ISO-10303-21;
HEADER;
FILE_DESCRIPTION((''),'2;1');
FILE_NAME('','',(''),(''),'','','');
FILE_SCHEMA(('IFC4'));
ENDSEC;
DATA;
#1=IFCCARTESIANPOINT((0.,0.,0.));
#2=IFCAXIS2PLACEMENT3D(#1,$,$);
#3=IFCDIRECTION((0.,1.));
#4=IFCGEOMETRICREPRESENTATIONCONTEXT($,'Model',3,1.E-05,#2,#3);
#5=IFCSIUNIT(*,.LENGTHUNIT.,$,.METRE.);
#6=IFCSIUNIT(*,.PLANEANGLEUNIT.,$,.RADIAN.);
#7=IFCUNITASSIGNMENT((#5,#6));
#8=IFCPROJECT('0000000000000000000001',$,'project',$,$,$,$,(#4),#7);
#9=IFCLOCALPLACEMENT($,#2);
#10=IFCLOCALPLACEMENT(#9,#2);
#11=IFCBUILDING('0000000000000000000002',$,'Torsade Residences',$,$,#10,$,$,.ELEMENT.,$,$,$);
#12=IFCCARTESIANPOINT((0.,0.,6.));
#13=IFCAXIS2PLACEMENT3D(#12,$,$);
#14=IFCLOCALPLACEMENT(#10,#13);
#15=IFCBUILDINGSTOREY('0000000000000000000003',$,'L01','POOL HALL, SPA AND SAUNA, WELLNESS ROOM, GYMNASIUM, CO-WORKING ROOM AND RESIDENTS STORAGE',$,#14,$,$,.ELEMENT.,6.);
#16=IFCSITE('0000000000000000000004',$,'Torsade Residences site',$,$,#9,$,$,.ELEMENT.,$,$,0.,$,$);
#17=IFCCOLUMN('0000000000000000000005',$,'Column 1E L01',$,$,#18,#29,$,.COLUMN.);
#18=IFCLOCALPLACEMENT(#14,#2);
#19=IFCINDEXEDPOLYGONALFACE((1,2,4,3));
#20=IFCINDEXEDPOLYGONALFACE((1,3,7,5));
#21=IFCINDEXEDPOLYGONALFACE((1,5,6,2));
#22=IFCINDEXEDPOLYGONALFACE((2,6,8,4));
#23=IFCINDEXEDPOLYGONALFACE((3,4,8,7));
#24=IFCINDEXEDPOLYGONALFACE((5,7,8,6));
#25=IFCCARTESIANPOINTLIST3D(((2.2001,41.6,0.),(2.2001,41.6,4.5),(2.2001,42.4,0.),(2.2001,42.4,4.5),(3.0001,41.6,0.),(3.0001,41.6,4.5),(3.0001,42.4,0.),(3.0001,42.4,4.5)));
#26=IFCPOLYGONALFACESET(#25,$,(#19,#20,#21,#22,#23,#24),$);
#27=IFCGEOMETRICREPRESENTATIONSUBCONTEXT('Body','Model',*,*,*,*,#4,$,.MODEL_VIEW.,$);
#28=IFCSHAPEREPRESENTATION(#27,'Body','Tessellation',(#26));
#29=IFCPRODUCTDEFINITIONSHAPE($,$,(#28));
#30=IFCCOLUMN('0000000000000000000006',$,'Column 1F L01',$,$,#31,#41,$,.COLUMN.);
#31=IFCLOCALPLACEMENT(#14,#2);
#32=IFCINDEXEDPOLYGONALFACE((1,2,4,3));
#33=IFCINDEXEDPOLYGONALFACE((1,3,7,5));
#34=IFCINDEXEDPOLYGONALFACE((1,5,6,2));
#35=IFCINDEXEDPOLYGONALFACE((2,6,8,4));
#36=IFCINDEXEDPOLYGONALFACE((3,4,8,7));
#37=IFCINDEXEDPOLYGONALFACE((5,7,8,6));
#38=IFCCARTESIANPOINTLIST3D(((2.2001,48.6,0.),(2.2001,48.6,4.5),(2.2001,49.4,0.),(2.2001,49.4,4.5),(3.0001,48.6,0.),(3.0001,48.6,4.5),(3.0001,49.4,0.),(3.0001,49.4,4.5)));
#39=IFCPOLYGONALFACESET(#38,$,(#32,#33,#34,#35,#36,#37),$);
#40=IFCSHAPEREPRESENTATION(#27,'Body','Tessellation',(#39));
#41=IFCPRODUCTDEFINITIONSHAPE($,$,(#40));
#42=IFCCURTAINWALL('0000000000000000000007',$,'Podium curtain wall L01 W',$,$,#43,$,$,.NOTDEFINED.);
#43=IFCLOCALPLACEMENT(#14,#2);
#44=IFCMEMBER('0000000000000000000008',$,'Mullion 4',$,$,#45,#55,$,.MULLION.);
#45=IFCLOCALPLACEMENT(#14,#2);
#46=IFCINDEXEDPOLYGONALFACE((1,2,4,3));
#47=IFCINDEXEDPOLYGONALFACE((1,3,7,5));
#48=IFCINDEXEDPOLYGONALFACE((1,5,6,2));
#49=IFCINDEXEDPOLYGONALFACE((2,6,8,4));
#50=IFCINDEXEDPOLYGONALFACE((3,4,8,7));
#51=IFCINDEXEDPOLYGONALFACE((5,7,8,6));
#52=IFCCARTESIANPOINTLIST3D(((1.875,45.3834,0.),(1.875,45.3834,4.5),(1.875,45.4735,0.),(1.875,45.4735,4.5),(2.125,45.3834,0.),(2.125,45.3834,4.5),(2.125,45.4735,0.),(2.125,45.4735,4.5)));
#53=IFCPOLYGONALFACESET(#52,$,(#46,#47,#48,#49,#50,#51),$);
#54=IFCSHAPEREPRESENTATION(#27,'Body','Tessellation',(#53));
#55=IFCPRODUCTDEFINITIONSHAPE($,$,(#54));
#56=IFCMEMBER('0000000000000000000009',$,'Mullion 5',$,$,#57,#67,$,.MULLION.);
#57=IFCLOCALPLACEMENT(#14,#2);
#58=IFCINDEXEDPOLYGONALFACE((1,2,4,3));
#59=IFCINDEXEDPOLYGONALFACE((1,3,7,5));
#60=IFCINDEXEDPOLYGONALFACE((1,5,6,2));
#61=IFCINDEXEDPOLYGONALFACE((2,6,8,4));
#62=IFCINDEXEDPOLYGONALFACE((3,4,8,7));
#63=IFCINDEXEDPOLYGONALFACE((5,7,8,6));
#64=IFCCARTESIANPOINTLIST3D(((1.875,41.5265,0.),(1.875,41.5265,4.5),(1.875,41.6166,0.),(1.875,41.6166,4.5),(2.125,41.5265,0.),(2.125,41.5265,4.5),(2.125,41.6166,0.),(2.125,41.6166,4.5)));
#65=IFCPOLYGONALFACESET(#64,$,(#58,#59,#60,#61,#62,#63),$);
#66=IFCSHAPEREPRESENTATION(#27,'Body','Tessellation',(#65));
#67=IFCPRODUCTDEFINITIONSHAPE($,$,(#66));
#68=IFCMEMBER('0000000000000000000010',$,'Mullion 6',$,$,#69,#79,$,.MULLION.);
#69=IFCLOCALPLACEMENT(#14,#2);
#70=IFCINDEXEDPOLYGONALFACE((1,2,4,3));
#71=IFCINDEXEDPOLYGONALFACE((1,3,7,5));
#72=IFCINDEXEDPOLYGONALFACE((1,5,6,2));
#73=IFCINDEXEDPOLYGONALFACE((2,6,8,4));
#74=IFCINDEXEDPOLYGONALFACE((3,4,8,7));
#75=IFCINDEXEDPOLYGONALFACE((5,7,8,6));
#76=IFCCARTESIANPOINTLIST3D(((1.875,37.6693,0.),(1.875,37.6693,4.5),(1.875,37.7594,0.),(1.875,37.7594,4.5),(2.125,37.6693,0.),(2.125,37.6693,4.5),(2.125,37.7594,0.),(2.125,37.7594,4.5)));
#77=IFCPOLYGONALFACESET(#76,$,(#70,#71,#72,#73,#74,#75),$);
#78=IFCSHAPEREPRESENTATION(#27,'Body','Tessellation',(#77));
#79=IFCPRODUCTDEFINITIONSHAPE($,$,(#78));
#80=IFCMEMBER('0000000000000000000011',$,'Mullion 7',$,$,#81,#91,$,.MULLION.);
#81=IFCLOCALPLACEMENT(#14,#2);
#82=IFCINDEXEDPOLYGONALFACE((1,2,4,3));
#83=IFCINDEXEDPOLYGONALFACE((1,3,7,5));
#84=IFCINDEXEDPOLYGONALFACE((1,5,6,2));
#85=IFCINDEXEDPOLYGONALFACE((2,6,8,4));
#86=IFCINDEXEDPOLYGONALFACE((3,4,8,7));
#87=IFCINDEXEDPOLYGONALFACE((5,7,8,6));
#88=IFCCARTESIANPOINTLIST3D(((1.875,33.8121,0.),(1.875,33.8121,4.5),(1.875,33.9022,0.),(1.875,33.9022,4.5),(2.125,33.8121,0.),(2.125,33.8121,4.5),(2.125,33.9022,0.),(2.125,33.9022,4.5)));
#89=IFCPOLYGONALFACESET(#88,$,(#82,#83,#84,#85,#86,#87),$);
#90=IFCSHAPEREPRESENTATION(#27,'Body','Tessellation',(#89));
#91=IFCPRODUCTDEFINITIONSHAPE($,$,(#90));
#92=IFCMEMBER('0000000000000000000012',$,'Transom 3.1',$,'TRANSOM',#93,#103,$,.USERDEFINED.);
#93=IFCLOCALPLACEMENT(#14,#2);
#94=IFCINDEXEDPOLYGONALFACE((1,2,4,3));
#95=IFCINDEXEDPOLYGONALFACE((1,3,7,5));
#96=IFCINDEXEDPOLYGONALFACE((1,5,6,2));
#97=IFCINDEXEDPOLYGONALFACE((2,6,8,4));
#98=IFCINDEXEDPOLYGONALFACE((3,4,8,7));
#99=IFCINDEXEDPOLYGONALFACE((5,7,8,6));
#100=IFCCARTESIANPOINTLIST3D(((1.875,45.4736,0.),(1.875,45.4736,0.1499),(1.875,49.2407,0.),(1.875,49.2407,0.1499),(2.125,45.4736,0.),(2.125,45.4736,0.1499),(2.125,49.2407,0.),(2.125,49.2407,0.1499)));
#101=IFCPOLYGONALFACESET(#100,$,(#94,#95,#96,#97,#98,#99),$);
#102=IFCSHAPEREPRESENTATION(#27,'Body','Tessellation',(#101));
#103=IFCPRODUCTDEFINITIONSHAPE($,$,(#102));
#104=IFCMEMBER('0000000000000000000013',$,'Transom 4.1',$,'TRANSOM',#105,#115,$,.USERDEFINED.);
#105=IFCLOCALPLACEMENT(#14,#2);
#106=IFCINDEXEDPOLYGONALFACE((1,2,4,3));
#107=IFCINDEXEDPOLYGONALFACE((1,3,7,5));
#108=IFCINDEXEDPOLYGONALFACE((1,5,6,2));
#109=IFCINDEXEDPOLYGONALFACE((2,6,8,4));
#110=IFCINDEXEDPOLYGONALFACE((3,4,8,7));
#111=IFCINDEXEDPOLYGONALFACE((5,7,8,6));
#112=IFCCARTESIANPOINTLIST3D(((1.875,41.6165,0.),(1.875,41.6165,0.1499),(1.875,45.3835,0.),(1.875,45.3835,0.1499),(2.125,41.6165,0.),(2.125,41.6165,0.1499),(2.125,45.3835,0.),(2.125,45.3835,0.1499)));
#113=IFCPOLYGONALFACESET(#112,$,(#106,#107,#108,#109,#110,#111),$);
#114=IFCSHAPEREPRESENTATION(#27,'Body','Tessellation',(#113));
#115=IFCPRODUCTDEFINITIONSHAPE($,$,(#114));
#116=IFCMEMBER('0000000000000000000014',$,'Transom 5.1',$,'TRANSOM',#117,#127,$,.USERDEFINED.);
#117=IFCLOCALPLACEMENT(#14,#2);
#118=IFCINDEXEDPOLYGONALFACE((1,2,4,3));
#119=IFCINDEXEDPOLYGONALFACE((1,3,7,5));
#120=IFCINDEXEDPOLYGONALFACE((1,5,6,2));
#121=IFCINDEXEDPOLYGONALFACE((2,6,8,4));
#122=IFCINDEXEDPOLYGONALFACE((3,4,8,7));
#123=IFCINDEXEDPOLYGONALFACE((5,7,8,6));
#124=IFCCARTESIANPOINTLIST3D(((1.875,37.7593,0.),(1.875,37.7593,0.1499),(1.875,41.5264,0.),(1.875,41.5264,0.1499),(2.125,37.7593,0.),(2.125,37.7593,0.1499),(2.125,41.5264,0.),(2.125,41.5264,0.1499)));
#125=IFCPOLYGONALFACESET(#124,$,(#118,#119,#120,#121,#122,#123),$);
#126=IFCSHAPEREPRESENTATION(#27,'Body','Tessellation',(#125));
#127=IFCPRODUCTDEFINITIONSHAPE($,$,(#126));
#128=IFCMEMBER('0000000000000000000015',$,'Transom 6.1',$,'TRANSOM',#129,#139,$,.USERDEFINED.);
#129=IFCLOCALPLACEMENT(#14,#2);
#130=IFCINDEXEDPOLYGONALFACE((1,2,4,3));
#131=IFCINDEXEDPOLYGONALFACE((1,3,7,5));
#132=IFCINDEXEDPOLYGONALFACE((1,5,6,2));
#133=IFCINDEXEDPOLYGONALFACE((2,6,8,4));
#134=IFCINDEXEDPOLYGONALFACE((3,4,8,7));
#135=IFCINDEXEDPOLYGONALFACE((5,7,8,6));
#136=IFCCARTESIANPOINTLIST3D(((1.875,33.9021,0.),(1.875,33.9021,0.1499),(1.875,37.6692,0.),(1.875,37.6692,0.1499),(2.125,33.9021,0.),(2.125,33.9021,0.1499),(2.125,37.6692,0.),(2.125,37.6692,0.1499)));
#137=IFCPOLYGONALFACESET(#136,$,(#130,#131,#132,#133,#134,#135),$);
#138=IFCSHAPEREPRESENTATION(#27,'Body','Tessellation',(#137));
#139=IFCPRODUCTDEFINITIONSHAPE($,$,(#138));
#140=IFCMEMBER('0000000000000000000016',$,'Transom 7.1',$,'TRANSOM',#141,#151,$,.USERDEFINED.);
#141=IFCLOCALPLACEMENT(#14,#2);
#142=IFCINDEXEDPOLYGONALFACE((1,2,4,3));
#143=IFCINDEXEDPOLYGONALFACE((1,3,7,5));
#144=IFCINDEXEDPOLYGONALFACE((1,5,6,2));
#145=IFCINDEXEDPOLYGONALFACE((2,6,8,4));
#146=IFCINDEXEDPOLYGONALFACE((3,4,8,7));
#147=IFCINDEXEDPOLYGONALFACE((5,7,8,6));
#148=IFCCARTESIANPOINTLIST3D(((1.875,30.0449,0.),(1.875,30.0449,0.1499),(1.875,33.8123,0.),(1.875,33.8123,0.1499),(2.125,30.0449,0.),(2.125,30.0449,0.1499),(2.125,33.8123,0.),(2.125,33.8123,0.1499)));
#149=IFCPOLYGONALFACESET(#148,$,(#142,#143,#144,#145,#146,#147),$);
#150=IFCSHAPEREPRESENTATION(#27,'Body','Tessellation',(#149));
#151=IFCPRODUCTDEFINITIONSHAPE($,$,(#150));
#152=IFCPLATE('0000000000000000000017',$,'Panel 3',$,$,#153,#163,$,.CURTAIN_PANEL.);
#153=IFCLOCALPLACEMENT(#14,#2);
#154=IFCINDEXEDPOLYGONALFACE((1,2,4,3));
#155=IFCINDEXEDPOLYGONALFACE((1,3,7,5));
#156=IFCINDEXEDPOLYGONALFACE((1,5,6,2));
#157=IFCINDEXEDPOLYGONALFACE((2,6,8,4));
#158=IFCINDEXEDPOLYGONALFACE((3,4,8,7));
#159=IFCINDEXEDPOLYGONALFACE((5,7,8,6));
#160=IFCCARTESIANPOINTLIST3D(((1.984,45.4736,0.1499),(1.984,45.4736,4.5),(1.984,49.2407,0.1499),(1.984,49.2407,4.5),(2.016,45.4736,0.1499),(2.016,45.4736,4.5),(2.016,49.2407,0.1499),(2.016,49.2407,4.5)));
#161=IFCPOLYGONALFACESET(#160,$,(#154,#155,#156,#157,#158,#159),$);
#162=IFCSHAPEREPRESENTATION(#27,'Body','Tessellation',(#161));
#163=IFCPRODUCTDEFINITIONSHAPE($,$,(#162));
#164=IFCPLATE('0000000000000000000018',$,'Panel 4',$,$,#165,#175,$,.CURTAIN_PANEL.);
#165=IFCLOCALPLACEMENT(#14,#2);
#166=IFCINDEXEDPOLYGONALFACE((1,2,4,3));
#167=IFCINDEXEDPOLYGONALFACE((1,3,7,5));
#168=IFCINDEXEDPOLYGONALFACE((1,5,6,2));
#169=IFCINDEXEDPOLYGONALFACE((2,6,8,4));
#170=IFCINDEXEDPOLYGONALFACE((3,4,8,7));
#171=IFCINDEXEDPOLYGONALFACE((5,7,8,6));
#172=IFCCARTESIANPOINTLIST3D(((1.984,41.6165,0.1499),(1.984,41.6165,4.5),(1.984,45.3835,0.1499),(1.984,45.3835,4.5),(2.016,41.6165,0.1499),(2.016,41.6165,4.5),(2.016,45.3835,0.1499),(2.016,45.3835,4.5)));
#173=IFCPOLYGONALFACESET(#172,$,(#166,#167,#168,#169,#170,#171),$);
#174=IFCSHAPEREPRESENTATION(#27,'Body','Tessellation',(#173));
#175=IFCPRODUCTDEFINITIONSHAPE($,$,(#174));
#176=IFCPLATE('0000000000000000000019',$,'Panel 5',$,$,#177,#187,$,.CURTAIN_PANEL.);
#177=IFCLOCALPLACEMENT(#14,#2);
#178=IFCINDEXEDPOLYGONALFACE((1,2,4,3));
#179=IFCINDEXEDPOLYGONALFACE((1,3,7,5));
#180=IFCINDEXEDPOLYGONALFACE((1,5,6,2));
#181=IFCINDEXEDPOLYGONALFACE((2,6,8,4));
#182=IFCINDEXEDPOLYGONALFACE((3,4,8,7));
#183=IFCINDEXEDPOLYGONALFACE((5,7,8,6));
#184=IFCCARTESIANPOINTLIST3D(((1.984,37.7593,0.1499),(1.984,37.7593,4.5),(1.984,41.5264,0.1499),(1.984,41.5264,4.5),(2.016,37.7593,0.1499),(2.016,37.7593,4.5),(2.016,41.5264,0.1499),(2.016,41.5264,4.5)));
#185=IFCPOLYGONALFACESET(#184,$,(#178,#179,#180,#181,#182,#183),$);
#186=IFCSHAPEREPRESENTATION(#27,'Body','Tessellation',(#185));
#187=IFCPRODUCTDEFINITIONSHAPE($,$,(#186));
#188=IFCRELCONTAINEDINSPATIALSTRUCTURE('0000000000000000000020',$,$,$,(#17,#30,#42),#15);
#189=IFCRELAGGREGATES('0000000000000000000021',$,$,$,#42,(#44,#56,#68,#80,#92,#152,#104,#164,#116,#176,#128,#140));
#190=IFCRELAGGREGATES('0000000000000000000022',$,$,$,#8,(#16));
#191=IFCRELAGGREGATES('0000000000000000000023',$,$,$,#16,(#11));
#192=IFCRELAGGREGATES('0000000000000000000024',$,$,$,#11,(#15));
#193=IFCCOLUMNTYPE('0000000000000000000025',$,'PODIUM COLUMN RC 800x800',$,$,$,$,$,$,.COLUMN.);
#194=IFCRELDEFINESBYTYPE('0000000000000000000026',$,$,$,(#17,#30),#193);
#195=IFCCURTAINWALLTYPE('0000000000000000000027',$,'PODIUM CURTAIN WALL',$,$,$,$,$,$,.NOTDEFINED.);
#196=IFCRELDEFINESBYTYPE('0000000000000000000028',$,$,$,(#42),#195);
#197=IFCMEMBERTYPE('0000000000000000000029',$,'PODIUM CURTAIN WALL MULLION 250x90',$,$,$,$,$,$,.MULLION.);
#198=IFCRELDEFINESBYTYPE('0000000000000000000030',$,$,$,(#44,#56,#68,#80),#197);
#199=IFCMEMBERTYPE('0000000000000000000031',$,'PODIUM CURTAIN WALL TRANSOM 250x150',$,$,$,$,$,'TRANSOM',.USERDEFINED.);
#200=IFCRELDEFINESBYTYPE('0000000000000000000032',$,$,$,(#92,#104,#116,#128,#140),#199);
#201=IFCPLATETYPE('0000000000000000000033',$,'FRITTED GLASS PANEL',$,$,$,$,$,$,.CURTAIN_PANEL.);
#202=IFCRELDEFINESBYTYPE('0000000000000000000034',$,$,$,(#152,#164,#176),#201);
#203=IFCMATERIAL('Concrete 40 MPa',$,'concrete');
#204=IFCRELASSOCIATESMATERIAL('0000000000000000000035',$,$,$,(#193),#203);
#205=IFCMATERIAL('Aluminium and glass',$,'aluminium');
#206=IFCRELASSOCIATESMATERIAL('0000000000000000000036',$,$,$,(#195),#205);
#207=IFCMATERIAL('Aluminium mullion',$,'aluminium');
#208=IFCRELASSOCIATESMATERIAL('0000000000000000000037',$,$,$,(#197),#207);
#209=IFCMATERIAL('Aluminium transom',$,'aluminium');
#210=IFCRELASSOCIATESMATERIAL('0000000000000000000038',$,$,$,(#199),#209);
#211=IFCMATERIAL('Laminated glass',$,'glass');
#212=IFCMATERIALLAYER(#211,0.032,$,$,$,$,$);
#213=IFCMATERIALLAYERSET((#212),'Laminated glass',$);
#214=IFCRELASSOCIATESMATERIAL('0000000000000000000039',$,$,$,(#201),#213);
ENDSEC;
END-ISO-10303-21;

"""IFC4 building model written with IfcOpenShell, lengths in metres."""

from ifc_helpers import new_model, si_unit, direction, frame, origin, origin_2d, place, context, subcontext, project, spatial, rectangle, extrude, material, layer, layer_set, material_profile, profile_set, type_object, element, aggregate, save


model = new_model("IFC4")

# Units and contexts
model_context = context("Model", 3, precision=1e-05, world=origin(), true_north=direction((0.0, 1.0)))
body_context = subcontext(model_context, "Body", "Model", "MODEL_VIEW")
ifc_project = project(units=[si_unit("LENGTHUNIT", "METRE"), si_unit("PLANEANGLEUNIT", "RADIAN")], contexts=[model_context])

# Site, building, storey
site_placement = place(None, origin())
site = spatial("IfcSite", under=ifc_project, at=site_placement, Name="Torsade Residences site", CompositionType="ELEMENT", RefElevation=0.0)
building_placement = place(site_placement, origin())
building = spatial("IfcBuilding", under=site, at=building_placement, Name="Torsade Residences", CompositionType="ELEMENT")
storey_placement = place(building_placement, frame((0.0, 0.0, 6.0)))
storey = spatial("IfcBuildingStorey", under=building, at=storey_placement, Name="L01", Description="POOL HALL, SPA AND SAUNA, WELLNESS ROOM, GYMNASIUM, CO-WORKING ROOM AND RESIDENTS STORAGE", CompositionType="ELEMENT", Elevation=6.0)

# Columns
ifc_material_1 = material(Name="Concrete 40 MPa", Category="concrete")
ifc_material_profile_1 = material_profile(ifc_material_1, rectangle(XDim=0.8, YDim=0.8, at=origin_2d()), Name="RC 800x800")
ifc_profile_set_1 = profile_set([ifc_material_profile_1], Name="Concrete 40 MPa")
column_type = type_object("IfcColumnType", Name="PODIUM COLUMN RC 800x800", PredefinedType="COLUMN", material=ifc_profile_set_1)
for number, where, z_axis, x_axis, name in (
    (1, (2.6001, 42.0, 0.0), (0.0, 0.0, 1.0), (1.0, 0.0, 0.0), "Column 1E L01"),
    (2, (2.6001, 49.0, 0.0), (0.0, 0.0, 1.0), (1.0, 0.0, 0.0), "Column 1F L01"),
):
    element("IfcColumn", number, at=place(storey_placement, frame(where, z_axis=z_axis, x_axis=x_axis)), inside=storey, type_object=column_type, Name=name, PredefinedType="COLUMN", context=body_context, shape_type="SweptSolid", body=[
        extrude(rectangle(XDim=0.8, YDim=0.8, at=origin_2d()), origin(), (0.0, 0.0, 1.0), 4.5),
    ])

# Curtain wall, members, plates
ifc_material_2 = material(Name="Aluminium and glass", Category="aluminium")
curtain_wall_type = type_object("IfcCurtainWallType", Name="PODIUM CURTAIN WALL", PredefinedType="NOTDEFINED", material=ifc_material_2)
curtain_wall_placement = place(storey_placement, origin())
curtain_wall = element("IfcCurtainWall", 3, at=curtain_wall_placement, inside=storey, type_object=curtain_wall_type, Name="Podium curtain wall L01 W", PredefinedType="NOTDEFINED")
ifc_material_3 = material(Name="Aluminium mullion", Category="aluminium")
ifc_material_profile_2 = material_profile(ifc_material_3, rectangle(XDim=0.25, YDim=0.0901, at=origin_2d()), Name="PODIUM CURTAIN WALL MULLION 250x90")
ifc_profile_set_2 = profile_set([ifc_material_profile_2], Name="Aluminium mullion")
member_type_1 = type_object("IfcMemberType", Name="PODIUM CURTAIN WALL MULLION 250x90", PredefinedType="MULLION", material=ifc_profile_set_2)
member_1_placement = place(storey_placement, frame((2.0, 45.4285, 0.0), z_axis=(0.0, 0.0, 1.0), x_axis=(1.0, 0.0, 0.0)))
member_1 = element("IfcMember", 4, at=member_1_placement, type_object=member_type_1, Name="Mullion 4", PredefinedType="MULLION", context=body_context, shape_type="SweptSolid", body=[
    extrude(rectangle(XDim=0.25, YDim=0.0901, at=origin_2d()), origin(), (0.0, 0.0, 1.0), 4.5),
])
member_2_placement = place(storey_placement, frame((2.0, 41.5715, 0.0), z_axis=(0.0, 0.0, 1.0), x_axis=(1.0, 0.0, 0.0)))
member_2 = element("IfcMember", 5, at=member_2_placement, type_object=member_type_1, Name="Mullion 5", PredefinedType="MULLION", context=body_context, shape_type="SweptSolid", body=[
    extrude(rectangle(XDim=0.25, YDim=0.0901, at=origin_2d()), origin(), (0.0, 0.0, 1.0), 4.5),
])
member_3_placement = place(storey_placement, frame((2.0, 37.7144, 0.0), z_axis=(0.0, 0.0, 1.0), x_axis=(1.0, 0.0, 0.0)))
member_3 = element("IfcMember", 6, at=member_3_placement, type_object=member_type_1, Name="Mullion 6", PredefinedType="MULLION", context=body_context, shape_type="SweptSolid", body=[
    extrude(rectangle(XDim=0.25, YDim=0.0901, at=origin_2d()), origin(), (0.0, 0.0, 1.0), 4.5),
])
member_4_placement = place(storey_placement, frame((2.0, 33.8572, 0.0), z_axis=(0.0, 0.0, 1.0), x_axis=(1.0, 0.0, 0.0)))
member_4 = element("IfcMember", 7, at=member_4_placement, type_object=member_type_1, Name="Mullion 7", PredefinedType="MULLION", context=body_context, shape_type="SweptSolid", body=[
    extrude(rectangle(XDim=0.25, YDim=0.0901, at=origin_2d()), origin(), (0.0, 0.0, 1.0), 4.5),
])
ifc_material_4 = material(Name="Aluminium transom", Category="aluminium")
ifc_material_profile_3 = material_profile(ifc_material_4, rectangle(XDim=0.25, YDim=0.1499, at=origin_2d()), Name="PODIUM CURTAIN WALL TRANSOM 250x150")
ifc_profile_set_3 = profile_set([ifc_material_profile_3], Name="Aluminium transom")
member_type_2 = type_object("IfcMemberType", Name="PODIUM CURTAIN WALL TRANSOM 250x150", ElementType="TRANSOM", PredefinedType="USERDEFINED", material=ifc_profile_set_3)
member_5_placement = place(storey_placement, frame((2.0, 49.2407, 0.075), z_axis=(0.0, -1.0, 0.0), x_axis=(1.0, 0.0, 0.0)))
member_5 = element("IfcMember", 8, at=member_5_placement, type_object=member_type_2, Name="Transom 3.1", ObjectType="TRANSOM", PredefinedType="USERDEFINED", context=body_context, shape_type="SweptSolid", body=[
    extrude(rectangle(XDim=0.25, YDim=0.1499, at=origin_2d()), origin(), (0.0, 0.0, 1.0), 3.7671),
])
member_6_placement = place(storey_placement, frame((2.0, 45.3835, 0.075), z_axis=(0.0, -1.0, 0.0), x_axis=(1.0, 0.0, 0.0)))
member_6 = element("IfcMember", 9, at=member_6_placement, type_object=member_type_2, Name="Transom 4.1", ObjectType="TRANSOM", PredefinedType="USERDEFINED", context=body_context, shape_type="SweptSolid", body=[
    extrude(rectangle(XDim=0.25, YDim=0.1499, at=origin_2d()), origin(), (0.0, 0.0, 1.0), 3.7671),
])
member_7_placement = place(storey_placement, frame((2.0, 41.5264, 0.075), z_axis=(0.0, -1.0, 0.0), x_axis=(1.0, 0.0, 0.0)))
member_7 = element("IfcMember", 10, at=member_7_placement, type_object=member_type_2, Name="Transom 5.1", ObjectType="TRANSOM", PredefinedType="USERDEFINED", context=body_context, shape_type="SweptSolid", body=[
    extrude(rectangle(XDim=0.25, YDim=0.1499, at=origin_2d()), origin(), (0.0, 0.0, 1.0), 3.7671),
])
member_8_placement = place(storey_placement, frame((2.0, 37.6692, 0.075), z_axis=(0.0, -1.0, 0.0), x_axis=(1.0, 0.0, 0.0)))
member_8 = element("IfcMember", 11, at=member_8_placement, type_object=member_type_2, Name="Transom 6.1", ObjectType="TRANSOM", PredefinedType="USERDEFINED", context=body_context, shape_type="SweptSolid", body=[
    extrude(rectangle(XDim=0.25, YDim=0.1499, at=origin_2d()), origin(), (0.0, 0.0, 1.0), 3.7671),
])
member_9_placement = place(storey_placement, frame((2.0, 33.8123, 0.075), z_axis=(0.0, -1.0, 0.0), x_axis=(1.0, 0.0, 0.0)))
member_9 = element("IfcMember", 12, at=member_9_placement, type_object=member_type_2, Name="Transom 7.1", ObjectType="TRANSOM", PredefinedType="USERDEFINED", context=body_context, shape_type="SweptSolid", body=[
    extrude(rectangle(XDim=0.25, YDim=0.1499, at=origin_2d()), origin(), (0.0, 0.0, 1.0), 3.7673),
])
ifc_material_5 = material(Name="Laminated glass", Category="glass")
ifc_layer_1 = layer(ifc_material_5, 0.032)
ifc_layer_set_1 = layer_set([ifc_layer_1], Name="Laminated glass")
plate_type = type_object("IfcPlateType", Name="FRITTED GLASS PANEL", PredefinedType="CURTAIN_PANEL", material=ifc_layer_set_1)
plate_1_placement = place(storey_placement, frame((2.0, 47.3572, 0.1499), z_axis=(0.0, 0.0, 1.0), x_axis=(0.0, -1.0, 0.0)))
plate_1 = element("IfcPlate", 13, at=plate_1_placement, type_object=plate_type, Name="Panel 3", PredefinedType="CURTAIN_PANEL", context=body_context, shape_type="SweptSolid", body=[
    extrude(rectangle(XDim=3.7671, YDim=0.032, at=origin_2d()), origin(), (0.0, 0.0, 1.0), 4.3501),
])
plate_2_placement = place(storey_placement, frame((2.0, 43.5, 0.1499), z_axis=(0.0, 0.0, 1.0), x_axis=(0.0, -1.0, 0.0)))
plate_2 = element("IfcPlate", 14, at=plate_2_placement, type_object=plate_type, Name="Panel 4", PredefinedType="CURTAIN_PANEL", context=body_context, shape_type="SweptSolid", body=[
    extrude(rectangle(XDim=3.7671, YDim=0.032, at=origin_2d()), origin(), (0.0, 0.0, 1.0), 4.3501),
])
plate_3_placement = place(storey_placement, frame((2.0, 39.6428, 0.1499), z_axis=(0.0, 0.0, 1.0), x_axis=(0.0, -1.0, 0.0)))
plate_3 = element("IfcPlate", 15, at=plate_3_placement, type_object=plate_type, Name="Panel 5", PredefinedType="CURTAIN_PANEL", context=body_context, shape_type="SweptSolid", body=[
    extrude(rectangle(XDim=3.7671, YDim=0.032, at=origin_2d()), origin(), (0.0, 0.0, 1.0), 4.3501),
])
aggregate(curtain_wall, [member_1, member_2, member_3, member_4, member_5, plate_1, member_6, plate_2, member_7, plate_3, member_8, member_9])

save(model, "model.ifc")
